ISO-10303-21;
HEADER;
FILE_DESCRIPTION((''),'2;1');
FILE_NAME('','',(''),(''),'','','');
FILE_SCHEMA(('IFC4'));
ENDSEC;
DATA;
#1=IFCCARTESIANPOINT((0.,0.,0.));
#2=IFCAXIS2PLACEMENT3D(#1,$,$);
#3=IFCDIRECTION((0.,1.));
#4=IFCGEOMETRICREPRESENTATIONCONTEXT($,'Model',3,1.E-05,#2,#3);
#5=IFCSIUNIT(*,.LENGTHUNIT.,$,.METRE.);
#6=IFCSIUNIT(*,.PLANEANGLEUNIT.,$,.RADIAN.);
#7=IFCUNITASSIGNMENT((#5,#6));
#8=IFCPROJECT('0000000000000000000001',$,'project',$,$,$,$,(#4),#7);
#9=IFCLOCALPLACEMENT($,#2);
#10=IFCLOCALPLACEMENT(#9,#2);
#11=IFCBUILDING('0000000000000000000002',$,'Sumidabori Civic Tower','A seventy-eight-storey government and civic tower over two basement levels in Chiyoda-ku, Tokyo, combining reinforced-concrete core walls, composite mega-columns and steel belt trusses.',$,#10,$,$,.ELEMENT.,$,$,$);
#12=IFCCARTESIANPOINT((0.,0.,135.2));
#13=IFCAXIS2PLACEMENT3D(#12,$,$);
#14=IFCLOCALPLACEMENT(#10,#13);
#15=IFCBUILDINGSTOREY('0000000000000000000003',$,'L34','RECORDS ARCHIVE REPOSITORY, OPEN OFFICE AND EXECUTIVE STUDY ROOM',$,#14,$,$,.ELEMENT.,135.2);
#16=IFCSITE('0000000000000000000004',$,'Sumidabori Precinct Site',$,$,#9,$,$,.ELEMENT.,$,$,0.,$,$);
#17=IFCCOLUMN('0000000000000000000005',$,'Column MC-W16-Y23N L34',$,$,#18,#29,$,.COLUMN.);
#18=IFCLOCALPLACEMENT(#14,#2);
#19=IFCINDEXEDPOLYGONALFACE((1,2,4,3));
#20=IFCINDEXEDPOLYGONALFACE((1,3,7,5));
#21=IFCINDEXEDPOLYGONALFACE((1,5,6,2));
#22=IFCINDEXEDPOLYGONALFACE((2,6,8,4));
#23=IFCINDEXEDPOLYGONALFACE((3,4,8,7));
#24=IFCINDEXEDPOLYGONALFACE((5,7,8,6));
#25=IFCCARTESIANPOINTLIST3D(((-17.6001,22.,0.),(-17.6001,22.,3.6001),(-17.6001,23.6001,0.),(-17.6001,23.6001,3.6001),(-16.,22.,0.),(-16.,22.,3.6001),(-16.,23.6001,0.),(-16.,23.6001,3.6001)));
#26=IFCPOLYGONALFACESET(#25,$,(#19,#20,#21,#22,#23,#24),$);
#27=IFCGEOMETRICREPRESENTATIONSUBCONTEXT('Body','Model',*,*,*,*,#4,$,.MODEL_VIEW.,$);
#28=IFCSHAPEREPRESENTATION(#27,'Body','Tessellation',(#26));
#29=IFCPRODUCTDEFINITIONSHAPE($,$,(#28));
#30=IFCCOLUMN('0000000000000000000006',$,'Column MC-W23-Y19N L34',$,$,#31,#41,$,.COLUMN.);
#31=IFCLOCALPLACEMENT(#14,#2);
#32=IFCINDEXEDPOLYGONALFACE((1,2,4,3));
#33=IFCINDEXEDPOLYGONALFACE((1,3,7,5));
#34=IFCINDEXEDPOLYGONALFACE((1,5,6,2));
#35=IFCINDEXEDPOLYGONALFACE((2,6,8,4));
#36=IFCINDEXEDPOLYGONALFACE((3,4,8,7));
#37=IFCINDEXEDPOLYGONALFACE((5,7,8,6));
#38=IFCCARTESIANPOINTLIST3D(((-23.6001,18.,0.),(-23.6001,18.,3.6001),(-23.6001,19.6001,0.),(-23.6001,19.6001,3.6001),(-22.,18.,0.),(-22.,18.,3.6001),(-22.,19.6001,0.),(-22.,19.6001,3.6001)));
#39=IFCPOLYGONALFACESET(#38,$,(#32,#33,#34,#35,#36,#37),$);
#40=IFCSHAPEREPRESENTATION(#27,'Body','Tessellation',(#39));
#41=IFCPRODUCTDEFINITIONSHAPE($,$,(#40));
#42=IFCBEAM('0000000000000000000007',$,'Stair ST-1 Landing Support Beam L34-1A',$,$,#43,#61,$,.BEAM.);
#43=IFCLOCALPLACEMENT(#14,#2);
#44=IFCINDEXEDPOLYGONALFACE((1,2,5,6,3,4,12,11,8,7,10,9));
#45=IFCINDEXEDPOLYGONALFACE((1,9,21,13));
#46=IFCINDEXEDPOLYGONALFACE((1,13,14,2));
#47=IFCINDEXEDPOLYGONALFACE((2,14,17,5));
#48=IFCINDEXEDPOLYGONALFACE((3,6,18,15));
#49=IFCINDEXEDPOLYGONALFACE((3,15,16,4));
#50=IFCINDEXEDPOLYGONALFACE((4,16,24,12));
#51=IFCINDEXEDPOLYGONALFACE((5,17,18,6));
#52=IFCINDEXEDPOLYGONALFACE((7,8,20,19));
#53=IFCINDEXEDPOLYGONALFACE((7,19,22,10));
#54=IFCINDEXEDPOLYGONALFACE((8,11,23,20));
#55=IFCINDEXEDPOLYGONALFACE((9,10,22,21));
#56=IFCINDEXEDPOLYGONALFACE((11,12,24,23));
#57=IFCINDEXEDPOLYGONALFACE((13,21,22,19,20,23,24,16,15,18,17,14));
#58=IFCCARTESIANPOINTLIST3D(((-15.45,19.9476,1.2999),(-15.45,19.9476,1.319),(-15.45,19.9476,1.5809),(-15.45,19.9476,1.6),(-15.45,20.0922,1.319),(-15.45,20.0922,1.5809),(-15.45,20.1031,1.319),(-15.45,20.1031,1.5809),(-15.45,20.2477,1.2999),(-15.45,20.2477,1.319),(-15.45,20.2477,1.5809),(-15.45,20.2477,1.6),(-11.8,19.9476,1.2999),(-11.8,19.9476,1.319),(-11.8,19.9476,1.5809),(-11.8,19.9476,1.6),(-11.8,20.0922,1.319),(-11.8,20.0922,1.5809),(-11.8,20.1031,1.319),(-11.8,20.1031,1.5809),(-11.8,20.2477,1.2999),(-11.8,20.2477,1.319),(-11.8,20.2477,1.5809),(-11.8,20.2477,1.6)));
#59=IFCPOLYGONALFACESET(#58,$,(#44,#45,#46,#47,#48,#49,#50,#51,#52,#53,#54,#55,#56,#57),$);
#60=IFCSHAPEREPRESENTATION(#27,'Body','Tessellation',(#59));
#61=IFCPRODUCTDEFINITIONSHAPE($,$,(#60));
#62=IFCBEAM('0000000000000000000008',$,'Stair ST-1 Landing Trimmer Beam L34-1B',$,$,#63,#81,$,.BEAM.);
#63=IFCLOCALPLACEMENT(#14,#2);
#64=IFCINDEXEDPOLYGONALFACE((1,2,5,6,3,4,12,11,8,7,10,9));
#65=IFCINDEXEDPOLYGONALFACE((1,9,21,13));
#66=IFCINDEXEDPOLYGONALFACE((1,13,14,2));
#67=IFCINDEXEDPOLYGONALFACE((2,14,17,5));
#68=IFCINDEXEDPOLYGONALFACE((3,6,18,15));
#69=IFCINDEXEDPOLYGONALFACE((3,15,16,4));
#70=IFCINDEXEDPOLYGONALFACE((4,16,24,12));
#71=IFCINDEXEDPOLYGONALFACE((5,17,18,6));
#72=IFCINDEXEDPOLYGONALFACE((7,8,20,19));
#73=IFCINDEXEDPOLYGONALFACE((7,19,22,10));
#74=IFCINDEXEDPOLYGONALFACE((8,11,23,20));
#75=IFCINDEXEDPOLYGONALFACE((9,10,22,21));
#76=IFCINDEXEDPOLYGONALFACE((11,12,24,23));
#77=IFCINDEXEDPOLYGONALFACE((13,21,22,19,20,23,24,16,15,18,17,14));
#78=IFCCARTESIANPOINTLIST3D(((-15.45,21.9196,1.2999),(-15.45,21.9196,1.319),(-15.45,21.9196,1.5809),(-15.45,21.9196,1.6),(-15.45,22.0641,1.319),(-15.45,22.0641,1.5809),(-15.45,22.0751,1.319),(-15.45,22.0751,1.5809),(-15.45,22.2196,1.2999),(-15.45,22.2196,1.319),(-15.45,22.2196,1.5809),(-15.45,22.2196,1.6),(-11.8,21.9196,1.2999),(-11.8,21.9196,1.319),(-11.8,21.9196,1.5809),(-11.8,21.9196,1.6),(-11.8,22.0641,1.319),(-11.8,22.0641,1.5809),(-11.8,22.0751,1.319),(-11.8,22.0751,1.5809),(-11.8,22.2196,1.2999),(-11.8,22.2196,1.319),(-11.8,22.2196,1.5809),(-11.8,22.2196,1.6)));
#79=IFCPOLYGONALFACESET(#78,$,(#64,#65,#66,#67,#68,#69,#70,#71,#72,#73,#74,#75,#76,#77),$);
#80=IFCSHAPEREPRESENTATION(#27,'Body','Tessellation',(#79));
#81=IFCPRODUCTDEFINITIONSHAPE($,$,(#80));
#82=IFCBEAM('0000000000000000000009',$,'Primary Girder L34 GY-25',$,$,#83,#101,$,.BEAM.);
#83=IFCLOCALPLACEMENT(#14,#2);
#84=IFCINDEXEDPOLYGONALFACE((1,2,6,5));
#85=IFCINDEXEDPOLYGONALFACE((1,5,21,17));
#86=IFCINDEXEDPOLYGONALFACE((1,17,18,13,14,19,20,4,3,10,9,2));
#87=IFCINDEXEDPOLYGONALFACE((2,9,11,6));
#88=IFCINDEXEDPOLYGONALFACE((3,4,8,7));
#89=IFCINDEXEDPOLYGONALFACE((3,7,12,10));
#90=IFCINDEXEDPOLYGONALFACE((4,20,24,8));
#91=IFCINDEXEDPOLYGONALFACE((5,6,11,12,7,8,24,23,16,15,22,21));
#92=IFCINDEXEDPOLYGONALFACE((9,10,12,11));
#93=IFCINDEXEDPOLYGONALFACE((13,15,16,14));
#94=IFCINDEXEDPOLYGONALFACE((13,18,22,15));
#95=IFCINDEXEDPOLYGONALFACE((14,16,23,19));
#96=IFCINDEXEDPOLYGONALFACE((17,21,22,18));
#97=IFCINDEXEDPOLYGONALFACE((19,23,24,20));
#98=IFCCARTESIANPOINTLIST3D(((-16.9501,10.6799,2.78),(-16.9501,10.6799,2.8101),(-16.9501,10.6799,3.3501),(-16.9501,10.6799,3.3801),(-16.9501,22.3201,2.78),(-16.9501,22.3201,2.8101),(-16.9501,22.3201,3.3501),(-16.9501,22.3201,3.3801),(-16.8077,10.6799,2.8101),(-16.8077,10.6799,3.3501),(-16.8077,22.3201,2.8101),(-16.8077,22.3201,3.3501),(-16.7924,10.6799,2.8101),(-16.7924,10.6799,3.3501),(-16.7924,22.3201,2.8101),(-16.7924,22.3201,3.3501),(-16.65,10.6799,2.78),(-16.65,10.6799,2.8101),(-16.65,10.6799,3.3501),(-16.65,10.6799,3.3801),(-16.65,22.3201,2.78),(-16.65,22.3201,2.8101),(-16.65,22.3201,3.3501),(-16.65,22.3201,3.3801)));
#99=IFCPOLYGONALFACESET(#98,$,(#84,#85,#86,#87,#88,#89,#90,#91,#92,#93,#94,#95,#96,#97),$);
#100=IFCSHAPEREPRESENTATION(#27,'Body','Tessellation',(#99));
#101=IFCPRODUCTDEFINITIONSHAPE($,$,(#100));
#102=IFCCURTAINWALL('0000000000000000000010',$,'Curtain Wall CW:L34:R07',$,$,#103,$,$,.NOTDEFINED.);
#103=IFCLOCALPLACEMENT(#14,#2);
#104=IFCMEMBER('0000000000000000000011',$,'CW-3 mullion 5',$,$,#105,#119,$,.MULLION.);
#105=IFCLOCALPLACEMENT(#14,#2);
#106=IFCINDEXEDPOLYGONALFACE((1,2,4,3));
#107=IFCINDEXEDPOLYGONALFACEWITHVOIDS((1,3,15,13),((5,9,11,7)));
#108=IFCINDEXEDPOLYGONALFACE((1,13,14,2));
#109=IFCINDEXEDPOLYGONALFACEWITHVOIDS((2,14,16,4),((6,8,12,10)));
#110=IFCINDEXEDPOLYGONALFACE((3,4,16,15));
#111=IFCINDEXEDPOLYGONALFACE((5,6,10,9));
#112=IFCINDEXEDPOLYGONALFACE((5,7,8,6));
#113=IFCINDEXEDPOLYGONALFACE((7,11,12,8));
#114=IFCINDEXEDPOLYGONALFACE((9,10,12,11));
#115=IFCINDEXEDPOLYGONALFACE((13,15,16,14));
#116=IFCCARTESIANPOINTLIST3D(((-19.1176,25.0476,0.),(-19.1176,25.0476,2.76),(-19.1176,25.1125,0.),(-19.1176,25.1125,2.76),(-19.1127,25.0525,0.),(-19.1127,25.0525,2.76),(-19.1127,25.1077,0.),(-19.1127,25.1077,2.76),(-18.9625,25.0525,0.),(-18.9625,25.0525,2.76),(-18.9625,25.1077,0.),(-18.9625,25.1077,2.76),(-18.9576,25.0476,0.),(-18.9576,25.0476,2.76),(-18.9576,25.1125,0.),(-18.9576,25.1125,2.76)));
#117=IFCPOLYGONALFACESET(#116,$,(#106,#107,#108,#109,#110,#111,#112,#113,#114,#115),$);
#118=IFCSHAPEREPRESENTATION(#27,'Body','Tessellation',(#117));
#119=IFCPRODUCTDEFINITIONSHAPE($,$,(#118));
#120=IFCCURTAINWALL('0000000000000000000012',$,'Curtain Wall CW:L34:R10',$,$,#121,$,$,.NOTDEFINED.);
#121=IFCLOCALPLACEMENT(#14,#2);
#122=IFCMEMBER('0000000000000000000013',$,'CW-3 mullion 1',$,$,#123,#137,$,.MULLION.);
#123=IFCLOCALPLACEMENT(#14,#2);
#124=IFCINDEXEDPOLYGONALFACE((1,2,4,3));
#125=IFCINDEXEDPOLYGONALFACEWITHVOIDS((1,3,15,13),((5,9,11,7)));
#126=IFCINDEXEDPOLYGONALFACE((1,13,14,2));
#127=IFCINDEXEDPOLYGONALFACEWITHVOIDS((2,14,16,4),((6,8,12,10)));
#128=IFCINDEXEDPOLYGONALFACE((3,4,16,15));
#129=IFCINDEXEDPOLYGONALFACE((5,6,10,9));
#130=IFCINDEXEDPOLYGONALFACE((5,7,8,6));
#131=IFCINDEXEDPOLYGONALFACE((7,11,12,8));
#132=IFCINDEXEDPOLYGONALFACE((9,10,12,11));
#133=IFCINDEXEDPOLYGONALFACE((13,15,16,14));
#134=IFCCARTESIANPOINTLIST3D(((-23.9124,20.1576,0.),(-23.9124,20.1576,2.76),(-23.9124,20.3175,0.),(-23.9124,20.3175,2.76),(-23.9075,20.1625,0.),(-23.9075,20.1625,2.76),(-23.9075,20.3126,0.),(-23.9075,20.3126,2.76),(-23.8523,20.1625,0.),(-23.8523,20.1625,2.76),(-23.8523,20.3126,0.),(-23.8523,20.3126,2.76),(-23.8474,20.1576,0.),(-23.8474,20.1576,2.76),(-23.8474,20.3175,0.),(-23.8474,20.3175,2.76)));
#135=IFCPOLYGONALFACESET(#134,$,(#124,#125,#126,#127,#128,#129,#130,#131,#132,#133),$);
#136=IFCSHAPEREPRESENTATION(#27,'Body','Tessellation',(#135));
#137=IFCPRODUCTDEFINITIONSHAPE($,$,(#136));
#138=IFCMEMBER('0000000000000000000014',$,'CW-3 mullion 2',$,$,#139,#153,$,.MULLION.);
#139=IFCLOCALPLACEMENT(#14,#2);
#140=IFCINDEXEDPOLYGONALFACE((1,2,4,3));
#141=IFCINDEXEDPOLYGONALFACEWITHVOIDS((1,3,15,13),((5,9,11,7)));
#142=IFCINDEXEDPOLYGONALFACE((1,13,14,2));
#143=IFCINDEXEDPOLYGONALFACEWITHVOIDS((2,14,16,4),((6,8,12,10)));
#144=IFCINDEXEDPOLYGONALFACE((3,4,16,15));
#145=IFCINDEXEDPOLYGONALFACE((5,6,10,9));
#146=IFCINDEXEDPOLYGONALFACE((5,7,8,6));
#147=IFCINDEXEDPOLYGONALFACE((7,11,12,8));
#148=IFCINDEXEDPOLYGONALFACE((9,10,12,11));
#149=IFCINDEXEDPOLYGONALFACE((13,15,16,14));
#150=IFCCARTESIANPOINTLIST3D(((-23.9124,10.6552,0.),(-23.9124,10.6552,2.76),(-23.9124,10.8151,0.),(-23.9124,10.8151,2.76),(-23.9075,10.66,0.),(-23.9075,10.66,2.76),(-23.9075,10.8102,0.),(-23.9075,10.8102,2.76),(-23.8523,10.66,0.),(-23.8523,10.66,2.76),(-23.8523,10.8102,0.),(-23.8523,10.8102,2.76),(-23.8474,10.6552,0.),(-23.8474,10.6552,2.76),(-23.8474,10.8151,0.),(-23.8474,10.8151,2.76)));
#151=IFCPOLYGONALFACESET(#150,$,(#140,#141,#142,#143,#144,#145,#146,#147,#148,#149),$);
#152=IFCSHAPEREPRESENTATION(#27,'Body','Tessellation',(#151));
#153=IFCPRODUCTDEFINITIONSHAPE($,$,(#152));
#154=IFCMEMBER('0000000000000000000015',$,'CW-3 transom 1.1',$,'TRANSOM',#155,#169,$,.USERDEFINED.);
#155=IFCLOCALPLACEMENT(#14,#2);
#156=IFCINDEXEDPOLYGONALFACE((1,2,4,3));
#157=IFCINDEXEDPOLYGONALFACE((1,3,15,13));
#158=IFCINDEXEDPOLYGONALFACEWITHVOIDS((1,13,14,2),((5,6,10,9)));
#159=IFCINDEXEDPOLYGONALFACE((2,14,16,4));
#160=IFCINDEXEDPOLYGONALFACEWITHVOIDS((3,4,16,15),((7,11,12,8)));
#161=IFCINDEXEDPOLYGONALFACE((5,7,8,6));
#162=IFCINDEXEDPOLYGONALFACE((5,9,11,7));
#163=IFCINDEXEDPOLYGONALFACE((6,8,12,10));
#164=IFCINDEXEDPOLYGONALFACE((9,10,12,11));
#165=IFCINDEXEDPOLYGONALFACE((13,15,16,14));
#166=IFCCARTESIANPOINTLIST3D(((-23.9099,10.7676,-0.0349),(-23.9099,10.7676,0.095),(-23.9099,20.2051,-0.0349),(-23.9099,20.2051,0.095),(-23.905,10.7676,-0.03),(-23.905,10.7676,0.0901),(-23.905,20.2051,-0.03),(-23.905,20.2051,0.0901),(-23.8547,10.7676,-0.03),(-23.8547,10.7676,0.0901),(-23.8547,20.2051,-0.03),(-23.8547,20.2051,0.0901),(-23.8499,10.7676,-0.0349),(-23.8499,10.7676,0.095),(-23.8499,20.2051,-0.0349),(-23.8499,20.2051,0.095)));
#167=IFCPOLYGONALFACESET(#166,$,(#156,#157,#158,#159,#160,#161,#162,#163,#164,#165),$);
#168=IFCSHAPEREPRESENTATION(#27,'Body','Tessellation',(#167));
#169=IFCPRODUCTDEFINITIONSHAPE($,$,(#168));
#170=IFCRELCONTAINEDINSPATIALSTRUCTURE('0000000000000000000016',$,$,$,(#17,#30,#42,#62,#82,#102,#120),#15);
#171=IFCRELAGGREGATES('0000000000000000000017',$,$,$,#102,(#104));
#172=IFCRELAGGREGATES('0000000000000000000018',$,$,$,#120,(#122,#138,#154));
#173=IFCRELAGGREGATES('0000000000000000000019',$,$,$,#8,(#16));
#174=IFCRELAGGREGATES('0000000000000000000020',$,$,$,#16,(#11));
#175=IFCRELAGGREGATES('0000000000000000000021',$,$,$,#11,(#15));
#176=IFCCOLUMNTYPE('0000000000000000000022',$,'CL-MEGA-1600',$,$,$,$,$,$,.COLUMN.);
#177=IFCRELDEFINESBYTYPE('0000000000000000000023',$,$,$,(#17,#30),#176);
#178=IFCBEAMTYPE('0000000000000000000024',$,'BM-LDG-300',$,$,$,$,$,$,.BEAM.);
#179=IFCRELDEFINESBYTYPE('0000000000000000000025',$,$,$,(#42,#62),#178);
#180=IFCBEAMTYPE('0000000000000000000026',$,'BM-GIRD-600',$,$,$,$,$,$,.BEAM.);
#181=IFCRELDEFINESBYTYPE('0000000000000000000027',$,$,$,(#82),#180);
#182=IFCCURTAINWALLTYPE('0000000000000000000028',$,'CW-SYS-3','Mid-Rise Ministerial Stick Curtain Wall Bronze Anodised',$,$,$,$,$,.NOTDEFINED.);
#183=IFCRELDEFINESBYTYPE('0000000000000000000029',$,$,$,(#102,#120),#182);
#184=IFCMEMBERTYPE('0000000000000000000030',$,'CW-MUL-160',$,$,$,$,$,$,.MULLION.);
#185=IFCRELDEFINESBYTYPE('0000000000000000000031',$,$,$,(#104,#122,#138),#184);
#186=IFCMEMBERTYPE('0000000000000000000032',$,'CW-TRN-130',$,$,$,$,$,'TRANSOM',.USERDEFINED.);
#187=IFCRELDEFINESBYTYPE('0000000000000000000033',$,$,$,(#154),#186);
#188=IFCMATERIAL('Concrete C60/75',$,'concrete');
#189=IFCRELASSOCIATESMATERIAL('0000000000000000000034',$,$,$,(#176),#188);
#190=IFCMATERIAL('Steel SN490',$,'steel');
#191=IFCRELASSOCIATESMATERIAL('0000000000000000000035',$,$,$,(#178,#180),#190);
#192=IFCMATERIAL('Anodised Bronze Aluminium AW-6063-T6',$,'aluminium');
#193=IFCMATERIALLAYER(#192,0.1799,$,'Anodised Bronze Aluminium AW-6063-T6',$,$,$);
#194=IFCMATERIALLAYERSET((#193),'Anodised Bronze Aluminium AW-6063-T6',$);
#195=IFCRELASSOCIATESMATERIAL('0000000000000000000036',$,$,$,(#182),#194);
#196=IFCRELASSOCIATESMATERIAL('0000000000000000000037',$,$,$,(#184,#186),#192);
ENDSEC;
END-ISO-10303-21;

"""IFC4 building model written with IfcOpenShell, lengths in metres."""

from ifc_helpers import new_model, si_unit, direction, frame, origin, origin_2d, place, context, subcontext, project, spatial, rectangle, hollow_rectangle, i_section, extrude, source, transform, mapped, material, layer, layer_set, material_profile, profile_set, type_object, element, aggregate, save


model = new_model("IFC4")

# Units and contexts
model_context = context("Model", 3, precision=1e-05, world=origin(), true_north=direction((0.0, 1.0)))
body_context = subcontext(model_context, "Body", "Model", "MODEL_VIEW")
ifc_project = project(units=[si_unit("LENGTHUNIT", "METRE"), si_unit("PLANEANGLEUNIT", "RADIAN")], contexts=[model_context])

# Site, building, storey
site_placement = place(None, origin())
site = spatial("IfcSite", under=ifc_project, at=site_placement, Name="Sumidabori Precinct Site", CompositionType="ELEMENT", RefElevation=0.0)
building_placement = place(site_placement, origin())
building = spatial("IfcBuilding", under=site, at=building_placement, Name="Sumidabori Civic Tower", Description="A seventy-eight-storey government and civic tower over two basement levels in Chiyoda-ku, Tokyo, combining reinforced-concrete core walls, composite mega-columns and steel belt trusses.", CompositionType="ELEMENT")
storey_placement = place(building_placement, frame((0.0, 0.0, 135.2)))
storey = spatial("IfcBuildingStorey", under=building, at=storey_placement, Name="L34", Description="RECORDS ARCHIVE REPOSITORY, OPEN OFFICE AND EXECUTIVE STUDY ROOM", CompositionType="ELEMENT", Elevation=135.2)

# Columns
ifc_material_1 = material(Name="Concrete C60/75", Category="concrete")
ifc_material_profile_1 = material_profile(ifc_material_1, rectangle(XDim=1.6001, YDim=1.6001, at=origin_2d()), Name="RC 1600x1600")
ifc_profile_set_1 = profile_set([ifc_material_profile_1], Name="Concrete C60/75")
column_type = type_object("IfcColumnType", Name="CL-MEGA-1600", PredefinedType="COLUMN", material=ifc_profile_set_1)
shared_shape_1 = source(origin(), body_context, "Body", "SweptSolid", [
    extrude(rectangle(XDim=1.6001, YDim=1.6001, at=origin_2d()), origin(), (0.0, 0.0, 1.0), 3.6001),
])
for number, where, z_axis, x_axis, name in (
    (1, (-16.8, 22.8, 0.0), (0.0, 0.0, 1.0), (1.0, 0.0, 0.0), "Column MC-W16-Y23N L34"),
    (2, (-22.8, 18.8, 0.0), (0.0, 0.0, 1.0), (1.0, 0.0, 0.0), "Column MC-W23-Y19N L34"),
):
    element("IfcColumn", number, at=place(storey_placement, frame(where, z_axis=z_axis, x_axis=x_axis)), inside=storey, type_object=column_type, Name=name, PredefinedType="COLUMN", context=body_context, shape_type="MappedRepresentation", body=[
        mapped(shared_shape_1, transform((0.0, 0.0, 0.0), x_axis=(1.0, 0.0, 0.0), y_axis=(0.0, 1.0, 0.0), z_axis=(0.0, 0.0, 1.0), scale=1.0)),
    ])

# Beams
ifc_material_2 = material(Name="Steel SN490", Category="steel")
ifc_material_profile_2 = material_profile(ifc_material_2, i_section(OverallWidth=0.3, OverallDepth=0.3, WebThickness=0.011, FlangeThickness=0.019, at=origin_2d()), Name="HE 300 B")
ifc_profile_set_2 = profile_set([ifc_material_profile_2], Name="Steel SN490")
beam_type_1 = type_object("IfcBeamType", Name="BM-LDG-300", PredefinedType="BEAM", material=ifc_profile_set_2)
shared_shape_2 = source(origin(), body_context, "Body", "SweptSolid", [
    extrude(i_section(OverallWidth=0.3, OverallDepth=0.3, WebThickness=0.011, FlangeThickness=0.019, at=origin_2d()), origin(), (0.0, 0.0, 1.0), 3.6499),
])
for number, where, z_axis, x_axis, name in (
    (3, (-15.45, 20.0977, 1.45), (1.0, 0.0, 0.0), (0.0, 1.0, 0.0), "Stair ST-1 Landing Support Beam L34-1A"),
    (4, (-15.45, 22.0696, 1.45), (1.0, 0.0, 0.0), (0.0, 1.0, 0.0), "Stair ST-1 Landing Trimmer Beam L34-1B"),
):
    element("IfcBeam", number, at=place(storey_placement, frame(where, z_axis=z_axis, x_axis=x_axis)), inside=storey, type_object=beam_type_1, Name=name, PredefinedType="BEAM", context=body_context, shape_type="MappedRepresentation", body=[
        mapped(shared_shape_2, transform((0.0, 0.0, 0.0), x_axis=(1.0, 0.0, 0.0), y_axis=(0.0, 1.0, 0.0), z_axis=(0.0, 0.0, 1.0), scale=1.0)),
    ])
ifc_material_profile_3 = material_profile(ifc_material_2, i_section(OverallWidth=0.3, OverallDepth=0.6001, WebThickness=0.0154, FlangeThickness=0.03, at=origin_2d()), Name="HE 600 B")
ifc_profile_set_3 = profile_set([ifc_material_profile_3], Name="Steel SN490")
beam_type_2 = type_object("IfcBeamType", Name="BM-GIRD-600", PredefinedType="BEAM", material=ifc_profile_set_3)
shared_shape_3 = source(origin(), body_context, "Body", "SweptSolid", [
    extrude(i_section(OverallWidth=0.3, OverallDepth=0.6001, WebThickness=0.0154, FlangeThickness=0.03, at=origin_2d()), origin(), (0.0, 0.0, 1.0), 11.6401),
])
beam_placement = place(storey_placement, frame((-16.8, 10.6799, 3.0801), z_axis=(0.0, 1.0, 0.0), x_axis=(-1.0, 0.0, 0.0)))
element("IfcBeam", 5, at=beam_placement, inside=storey, type_object=beam_type_2, Name="Primary Girder L34 GY-25", PredefinedType="BEAM", context=body_context, shape_type="MappedRepresentation", body=[
    mapped(shared_shape_3, transform((0.0, 0.0, 0.0), x_axis=(1.0, 0.0, 0.0), y_axis=(0.0, 1.0, 0.0), z_axis=(0.0, 0.0, 1.0), scale=1.0)),
])

# Curtain wall, member
ifc_material_3 = material(Name="Anodised Bronze Aluminium AW-6063-T6", Category="aluminium")
ifc_layer_1 = layer(ifc_material_3, 0.1799, Name="Anodised Bronze Aluminium AW-6063-T6")
ifc_layer_set_1 = layer_set([ifc_layer_1], Name="Anodised Bronze Aluminium AW-6063-T6")
curtain_wall_type = type_object("IfcCurtainWallType", Name="CW-SYS-3", Description="Mid-Rise Ministerial Stick Curtain Wall Bronze Anodised", PredefinedType="NOTDEFINED", material=ifc_layer_set_1)
curtain_wall_1_placement = place(storey_placement, origin())
curtain_wall_1 = element("IfcCurtainWall", 6, at=curtain_wall_1_placement, inside=storey, type_object=curtain_wall_type, Name="Curtain Wall CW:L34:R07", PredefinedType="NOTDEFINED")
ifc_material_profile_4 = material_profile(ifc_material_3, hollow_rectangle(XDim=0.0649, YDim=0.1599, WallThickness=0.0049, at=origin_2d()), Name="ALU MULLION 160x65")
ifc_profile_set_4 = profile_set([ifc_material_profile_4], Name="Anodised Bronze Aluminium AW-6063-T6")
member_type_1 = type_object("IfcMemberType", Name="CW-MUL-160", PredefinedType="MULLION", material=ifc_profile_set_4)
shared_shape_4 = source(origin(), body_context, "Body", "SweptSolid", [
    extrude(hollow_rectangle(XDim=0.0649, YDim=0.1599, WallThickness=0.0049, at=origin_2d()), origin(), (0.0, 0.0, 1.0), 2.76),
])
member_1_placement = place(storey_placement, frame((-19.0376, 25.0801, 0.0), z_axis=(0.0, 0.0, 1.0), x_axis=(0.0, -1.0, 0.0)))
member_1 = element("IfcMember", 7, at=member_1_placement, type_object=member_type_1, Name="CW-3 mullion 5", PredefinedType="MULLION", context=body_context, shape_type="MappedRepresentation", body=[
    mapped(shared_shape_4, transform((0.0, 0.0, 0.0), x_axis=(1.0, 0.0, 0.0), y_axis=(0.0, 1.0, 0.0), z_axis=(0.0, 0.0, 1.0), scale=1.0)),
])
aggregate(curtain_wall_1, [member_1])

# Curtain wall, members
curtain_wall_2_placement = place(storey_placement, origin())
curtain_wall_2 = element("IfcCurtainWall", 8, at=curtain_wall_2_placement, inside=storey, type_object=curtain_wall_type, Name="Curtain Wall CW:L34:R10", PredefinedType="NOTDEFINED")
member_2_placement = place(storey_placement, frame((-23.8799, 20.2375, 0.0), z_axis=(0.0, 0.0, 1.0), x_axis=(1.0, 0.0, 0.0)))
member_2 = element("IfcMember", 9, at=member_2_placement, type_object=member_type_1, Name="CW-3 mullion 1", PredefinedType="MULLION", context=body_context, shape_type="MappedRepresentation", body=[
    mapped(shared_shape_4, transform((0.0, 0.0, 0.0), x_axis=(1.0, 0.0, 0.0), y_axis=(0.0, 1.0, 0.0), z_axis=(0.0, 0.0, 1.0), scale=1.0)),
])
member_3_placement = place(storey_placement, frame((-23.8799, 10.7351, 0.0), z_axis=(0.0, 0.0, 1.0), x_axis=(1.0, 0.0, 0.0)))
member_3 = element("IfcMember", 10, at=member_3_placement, type_object=member_type_1, Name="CW-3 mullion 2", PredefinedType="MULLION", context=body_context, shape_type="MappedRepresentation", body=[
    mapped(shared_shape_4, transform((0.0, 0.0, 0.0), x_axis=(1.0, 0.0, 0.0), y_axis=(0.0, 1.0, 0.0), z_axis=(0.0, 0.0, 1.0), scale=1.0)),
])
ifc_material_profile_5 = material_profile(ifc_material_3, hollow_rectangle(XDim=0.0601, YDim=0.1299, WallThickness=0.0049, at=origin_2d()), Name="ALU TRANSOM 130x60")
ifc_profile_set_5 = profile_set([ifc_material_profile_5], Name="Anodised Bronze Aluminium AW-6063-T6")
member_type_2 = type_object("IfcMemberType", Name="CW-TRN-130", ElementType="TRANSOM", PredefinedType="USERDEFINED", material=ifc_profile_set_5)
shared_shape_5 = source(origin(), body_context, "Body", "SweptSolid", [
    extrude(hollow_rectangle(XDim=0.0601, YDim=0.1299, WallThickness=0.0049, at=origin_2d()), origin(), (0.0, 0.0, 1.0), 9.4375),
])
member_4_placement = place(storey_placement, frame((-23.8799, 20.2051, 0.03), z_axis=(0.0, -1.0, 0.0), x_axis=(1.0, 0.0, 0.0)))
member_4 = element("IfcMember", 11, at=member_4_placement, type_object=member_type_2, Name="CW-3 transom 1.1", ObjectType="TRANSOM", PredefinedType="USERDEFINED", context=body_context, shape_type="MappedRepresentation", body=[
    mapped(shared_shape_5, transform((0.0, 0.0, 0.0), x_axis=(1.0, 0.0, 0.0), y_axis=(0.0, 1.0, 0.0), z_axis=(0.0, 0.0, 1.0), scale=1.0)),
])
aggregate(curtain_wall_2, [member_2, member_3, member_4])

save(model, "model.ifc")
